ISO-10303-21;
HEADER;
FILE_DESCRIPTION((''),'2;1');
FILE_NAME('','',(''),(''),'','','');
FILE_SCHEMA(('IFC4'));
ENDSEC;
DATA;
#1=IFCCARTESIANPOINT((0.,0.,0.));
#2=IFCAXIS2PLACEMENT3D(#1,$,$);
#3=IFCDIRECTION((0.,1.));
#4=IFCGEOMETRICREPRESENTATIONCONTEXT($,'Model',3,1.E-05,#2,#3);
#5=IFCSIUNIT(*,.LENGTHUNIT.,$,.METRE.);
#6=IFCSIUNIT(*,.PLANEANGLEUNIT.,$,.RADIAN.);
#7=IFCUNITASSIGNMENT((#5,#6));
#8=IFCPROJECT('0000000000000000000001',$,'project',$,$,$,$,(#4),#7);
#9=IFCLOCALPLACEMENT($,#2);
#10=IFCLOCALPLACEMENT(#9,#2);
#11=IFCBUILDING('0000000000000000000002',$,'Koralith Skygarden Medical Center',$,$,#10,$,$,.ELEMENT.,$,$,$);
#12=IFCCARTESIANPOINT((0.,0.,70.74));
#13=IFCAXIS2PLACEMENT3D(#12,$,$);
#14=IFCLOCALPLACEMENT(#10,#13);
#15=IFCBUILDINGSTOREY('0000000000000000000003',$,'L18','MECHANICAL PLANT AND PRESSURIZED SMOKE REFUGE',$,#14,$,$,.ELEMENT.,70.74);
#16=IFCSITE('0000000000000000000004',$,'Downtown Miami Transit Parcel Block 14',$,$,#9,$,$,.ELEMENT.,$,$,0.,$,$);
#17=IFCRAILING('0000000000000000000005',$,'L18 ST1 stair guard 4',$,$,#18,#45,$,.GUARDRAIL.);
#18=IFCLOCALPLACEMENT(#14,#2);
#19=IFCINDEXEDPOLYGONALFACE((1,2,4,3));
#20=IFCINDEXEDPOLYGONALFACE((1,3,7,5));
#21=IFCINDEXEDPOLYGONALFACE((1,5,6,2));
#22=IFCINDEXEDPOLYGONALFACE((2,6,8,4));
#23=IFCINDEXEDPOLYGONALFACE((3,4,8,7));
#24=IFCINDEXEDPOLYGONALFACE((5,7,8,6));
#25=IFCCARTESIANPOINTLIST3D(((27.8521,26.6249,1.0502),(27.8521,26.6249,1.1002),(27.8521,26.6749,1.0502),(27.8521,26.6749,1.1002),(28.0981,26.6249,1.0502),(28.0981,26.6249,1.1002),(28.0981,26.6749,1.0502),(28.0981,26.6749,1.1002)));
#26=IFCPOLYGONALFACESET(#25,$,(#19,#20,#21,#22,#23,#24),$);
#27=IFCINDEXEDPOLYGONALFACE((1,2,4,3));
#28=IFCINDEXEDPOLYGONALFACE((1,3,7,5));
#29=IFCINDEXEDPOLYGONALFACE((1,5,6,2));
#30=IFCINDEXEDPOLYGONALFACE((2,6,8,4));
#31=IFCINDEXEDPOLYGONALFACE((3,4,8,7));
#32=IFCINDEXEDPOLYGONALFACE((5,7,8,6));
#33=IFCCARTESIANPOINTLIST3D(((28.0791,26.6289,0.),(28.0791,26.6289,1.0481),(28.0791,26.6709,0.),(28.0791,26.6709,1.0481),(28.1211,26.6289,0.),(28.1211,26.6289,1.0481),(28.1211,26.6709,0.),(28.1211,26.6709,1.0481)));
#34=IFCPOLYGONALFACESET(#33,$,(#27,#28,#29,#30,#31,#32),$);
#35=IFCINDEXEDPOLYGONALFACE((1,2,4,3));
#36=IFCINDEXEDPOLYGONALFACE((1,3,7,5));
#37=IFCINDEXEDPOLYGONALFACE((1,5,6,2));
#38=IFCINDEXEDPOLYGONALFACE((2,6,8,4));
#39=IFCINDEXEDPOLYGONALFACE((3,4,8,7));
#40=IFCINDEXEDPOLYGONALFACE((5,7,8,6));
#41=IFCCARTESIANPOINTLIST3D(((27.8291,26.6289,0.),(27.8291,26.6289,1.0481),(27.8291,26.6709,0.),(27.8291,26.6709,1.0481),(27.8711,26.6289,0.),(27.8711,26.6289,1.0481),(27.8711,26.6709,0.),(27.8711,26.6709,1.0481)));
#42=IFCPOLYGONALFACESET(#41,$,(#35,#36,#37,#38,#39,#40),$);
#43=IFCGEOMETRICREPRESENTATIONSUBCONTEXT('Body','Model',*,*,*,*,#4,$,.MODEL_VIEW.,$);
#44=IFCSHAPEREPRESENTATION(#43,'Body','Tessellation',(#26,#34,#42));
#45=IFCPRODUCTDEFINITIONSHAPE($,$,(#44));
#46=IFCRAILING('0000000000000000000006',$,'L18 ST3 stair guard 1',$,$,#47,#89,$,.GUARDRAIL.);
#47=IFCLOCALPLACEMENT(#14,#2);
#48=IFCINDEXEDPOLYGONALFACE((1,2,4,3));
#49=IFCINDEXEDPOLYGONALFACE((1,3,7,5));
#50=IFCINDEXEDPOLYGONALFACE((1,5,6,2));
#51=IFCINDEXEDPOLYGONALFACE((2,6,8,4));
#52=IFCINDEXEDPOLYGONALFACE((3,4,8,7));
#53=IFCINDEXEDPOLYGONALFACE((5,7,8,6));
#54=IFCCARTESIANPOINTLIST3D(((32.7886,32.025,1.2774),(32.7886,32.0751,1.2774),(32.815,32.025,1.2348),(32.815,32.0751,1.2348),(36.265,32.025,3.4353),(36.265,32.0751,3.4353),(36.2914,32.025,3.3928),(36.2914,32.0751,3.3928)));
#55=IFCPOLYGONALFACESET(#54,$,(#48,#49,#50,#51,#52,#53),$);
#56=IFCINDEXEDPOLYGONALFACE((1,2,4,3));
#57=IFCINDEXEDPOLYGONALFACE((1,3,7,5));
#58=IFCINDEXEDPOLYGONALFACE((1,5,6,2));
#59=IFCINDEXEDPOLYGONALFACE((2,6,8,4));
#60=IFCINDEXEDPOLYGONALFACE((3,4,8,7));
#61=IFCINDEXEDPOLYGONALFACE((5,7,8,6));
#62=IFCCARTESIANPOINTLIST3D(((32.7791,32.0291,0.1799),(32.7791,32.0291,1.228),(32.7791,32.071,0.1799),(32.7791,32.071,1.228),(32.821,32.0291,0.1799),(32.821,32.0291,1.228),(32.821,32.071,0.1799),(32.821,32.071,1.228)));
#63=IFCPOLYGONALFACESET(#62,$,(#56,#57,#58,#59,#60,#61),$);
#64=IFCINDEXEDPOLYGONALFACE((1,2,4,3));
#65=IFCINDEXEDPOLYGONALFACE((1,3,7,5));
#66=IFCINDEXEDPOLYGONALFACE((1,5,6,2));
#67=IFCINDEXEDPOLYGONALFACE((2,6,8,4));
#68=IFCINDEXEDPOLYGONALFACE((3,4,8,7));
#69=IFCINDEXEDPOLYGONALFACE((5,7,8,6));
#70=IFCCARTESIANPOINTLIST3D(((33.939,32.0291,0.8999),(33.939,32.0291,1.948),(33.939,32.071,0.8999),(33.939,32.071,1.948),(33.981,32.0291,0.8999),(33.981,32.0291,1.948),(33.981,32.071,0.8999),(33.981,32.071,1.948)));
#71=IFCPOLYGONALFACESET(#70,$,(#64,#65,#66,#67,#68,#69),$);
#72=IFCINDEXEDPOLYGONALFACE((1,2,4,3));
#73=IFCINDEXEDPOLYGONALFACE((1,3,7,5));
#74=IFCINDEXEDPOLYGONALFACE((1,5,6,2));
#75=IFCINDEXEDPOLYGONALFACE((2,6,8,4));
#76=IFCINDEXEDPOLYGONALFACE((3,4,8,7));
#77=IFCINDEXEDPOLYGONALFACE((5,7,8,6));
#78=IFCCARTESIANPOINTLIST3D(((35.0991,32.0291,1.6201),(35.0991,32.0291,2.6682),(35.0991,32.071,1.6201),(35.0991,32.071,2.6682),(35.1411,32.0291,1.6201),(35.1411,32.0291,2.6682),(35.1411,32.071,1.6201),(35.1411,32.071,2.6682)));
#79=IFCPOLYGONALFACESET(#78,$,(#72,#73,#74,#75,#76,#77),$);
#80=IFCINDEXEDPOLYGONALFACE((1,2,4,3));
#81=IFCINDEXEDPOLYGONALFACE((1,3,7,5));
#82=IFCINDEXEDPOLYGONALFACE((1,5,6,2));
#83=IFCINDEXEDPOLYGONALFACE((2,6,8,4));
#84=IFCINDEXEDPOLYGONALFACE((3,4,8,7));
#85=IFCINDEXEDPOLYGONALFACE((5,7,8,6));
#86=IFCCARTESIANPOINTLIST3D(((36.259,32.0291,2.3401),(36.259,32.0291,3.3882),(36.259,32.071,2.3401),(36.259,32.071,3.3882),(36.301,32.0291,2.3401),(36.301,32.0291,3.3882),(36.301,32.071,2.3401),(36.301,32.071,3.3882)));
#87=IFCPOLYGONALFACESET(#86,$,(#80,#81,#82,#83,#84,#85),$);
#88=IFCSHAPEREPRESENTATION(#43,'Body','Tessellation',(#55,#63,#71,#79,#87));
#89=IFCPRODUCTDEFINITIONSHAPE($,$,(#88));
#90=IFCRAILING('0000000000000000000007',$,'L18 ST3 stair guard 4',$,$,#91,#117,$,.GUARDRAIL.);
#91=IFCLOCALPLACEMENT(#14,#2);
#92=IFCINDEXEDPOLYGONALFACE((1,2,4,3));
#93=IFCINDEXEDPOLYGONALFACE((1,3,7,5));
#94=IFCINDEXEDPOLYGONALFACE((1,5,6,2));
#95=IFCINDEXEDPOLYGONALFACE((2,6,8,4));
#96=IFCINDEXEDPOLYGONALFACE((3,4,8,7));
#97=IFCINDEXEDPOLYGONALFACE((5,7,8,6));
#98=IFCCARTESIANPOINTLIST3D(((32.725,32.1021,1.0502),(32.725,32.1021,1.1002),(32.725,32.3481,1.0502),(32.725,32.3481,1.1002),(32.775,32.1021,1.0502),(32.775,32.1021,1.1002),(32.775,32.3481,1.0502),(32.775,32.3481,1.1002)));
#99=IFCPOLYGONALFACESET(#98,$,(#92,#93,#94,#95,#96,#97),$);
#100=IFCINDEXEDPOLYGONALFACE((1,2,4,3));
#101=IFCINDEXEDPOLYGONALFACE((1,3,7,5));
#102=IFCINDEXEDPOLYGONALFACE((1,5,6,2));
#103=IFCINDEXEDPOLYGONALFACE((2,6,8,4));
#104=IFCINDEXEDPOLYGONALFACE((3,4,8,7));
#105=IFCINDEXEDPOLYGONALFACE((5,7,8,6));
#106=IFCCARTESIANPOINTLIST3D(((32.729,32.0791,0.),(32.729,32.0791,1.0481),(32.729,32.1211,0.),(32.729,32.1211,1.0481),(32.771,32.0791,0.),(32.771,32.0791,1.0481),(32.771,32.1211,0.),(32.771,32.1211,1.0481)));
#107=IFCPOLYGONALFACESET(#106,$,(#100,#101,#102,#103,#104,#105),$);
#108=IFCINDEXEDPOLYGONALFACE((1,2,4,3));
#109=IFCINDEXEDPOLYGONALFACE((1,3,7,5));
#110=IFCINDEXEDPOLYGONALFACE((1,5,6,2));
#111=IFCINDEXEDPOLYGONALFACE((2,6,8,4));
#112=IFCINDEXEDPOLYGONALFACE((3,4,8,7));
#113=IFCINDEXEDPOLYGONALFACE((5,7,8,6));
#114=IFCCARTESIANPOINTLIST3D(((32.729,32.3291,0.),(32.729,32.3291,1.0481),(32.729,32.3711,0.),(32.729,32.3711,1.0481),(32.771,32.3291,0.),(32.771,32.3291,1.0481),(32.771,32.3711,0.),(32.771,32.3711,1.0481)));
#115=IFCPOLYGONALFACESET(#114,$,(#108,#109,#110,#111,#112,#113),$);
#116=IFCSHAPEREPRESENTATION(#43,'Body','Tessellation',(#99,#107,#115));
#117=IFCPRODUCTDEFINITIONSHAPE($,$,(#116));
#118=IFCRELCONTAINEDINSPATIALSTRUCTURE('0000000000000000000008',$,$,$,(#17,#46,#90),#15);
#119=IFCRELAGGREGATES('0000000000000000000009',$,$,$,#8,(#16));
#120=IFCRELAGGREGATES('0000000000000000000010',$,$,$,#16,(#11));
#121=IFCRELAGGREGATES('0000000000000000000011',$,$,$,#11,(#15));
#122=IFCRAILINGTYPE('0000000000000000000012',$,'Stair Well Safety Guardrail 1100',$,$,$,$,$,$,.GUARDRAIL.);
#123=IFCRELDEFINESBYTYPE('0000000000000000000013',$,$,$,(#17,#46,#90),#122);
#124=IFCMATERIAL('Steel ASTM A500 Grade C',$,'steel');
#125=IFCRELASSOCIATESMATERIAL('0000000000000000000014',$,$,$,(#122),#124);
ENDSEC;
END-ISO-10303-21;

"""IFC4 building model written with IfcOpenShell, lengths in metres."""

from ifc_helpers import new_model, si_unit, direction, frame, origin, origin_2d, place, context, subcontext, project, spatial, rectangle, extrude, material, type_object, element, save


model = new_model("IFC4")

# Units and contexts
model_context = context("Model", 3, precision=1e-05, world=origin(), true_north=direction((0.0, 1.0)))
body_context = subcontext(model_context, "Body", "Model", "MODEL_VIEW")
ifc_project = project(units=[si_unit("LENGTHUNIT", "METRE"), si_unit("PLANEANGLEUNIT", "RADIAN")], contexts=[model_context])

# Site, building, storey
site_placement = place(None, origin())
site = spatial("IfcSite", under=ifc_project, at=site_placement, Name="Downtown Miami Transit Parcel Block 14", CompositionType="ELEMENT", RefElevation=0.0)
building_placement = place(site_placement, origin())
building = spatial("IfcBuilding", under=site, at=building_placement, Name="Koralith Skygarden Medical Center", CompositionType="ELEMENT")
storey_placement = place(building_placement, frame((0.0, 0.0, 70.74)))
storey = spatial("IfcBuildingStorey", under=building, at=storey_placement, Name="L18", Description="MECHANICAL PLANT AND PRESSURIZED SMOKE REFUGE", CompositionType="ELEMENT", Elevation=70.74)

# Shared definitions
ifc_material_1 = material(Name="Steel ASTM A500 Grade C", Category="steel")

# Railings
railing_type_1 = type_object("IfcRailingType", Name="Stair Well Safety Guardrail 1100", PredefinedType="GUARDRAIL", material=ifc_material_1)
railing_1_placement = place(storey_placement, frame((28.1001, 26.6499, 0.0)))
element("IfcRailing", 1, at=railing_1_placement, inside=storey, type_object=railing_type_1, Name="L18 ST1 stair guard 4", PredefinedType="GUARDRAIL", context=body_context, shape_type="SweptSolid", body=[
    extrude(rectangle(XDim=0.05, YDim=0.05, at=origin_2d()), frame((-0.002, 0.0, 1.0752), z_axis=(-1.0, 0.0, 0.0), x_axis=(0.0, -1.0, 0.0)), (0.0, 0.0, 1.0), 0.2461),
    extrude(rectangle(XDim=0.042, YDim=0.042, at=origin_2d()), origin(), (0.0, 0.0, 1.0), 1.0481),
    extrude(rectangle(XDim=0.042, YDim=0.042, at=origin_2d()), frame((-0.25, 0.0, 0.0)), (0.0, 0.0, 1.0), 1.0481),
])
railing_2_placement = place(storey_placement, frame((32.8, 32.05, 0.1799)))
element("IfcRailing", 2, at=railing_2_placement, inside=storey, type_object=railing_type_1, Name="L18 ST3 stair guard 1", PredefinedType="GUARDRAIL", context=body_context, shape_type="SweptSolid", body=[
    extrude(rectangle(XDim=0.05, YDim=0.05, at=origin_2d()), frame((0.0017, 0.0, 1.0762), z_axis=(0.849622, 0.0, 0.527393), x_axis=(0.0, 1.0, 0.0)), (0.0, 0.0, 1.0), 4.0918),
    extrude(rectangle(XDim=0.042, YDim=0.042, at=origin_2d()), origin(), (0.0, 0.0, 1.0), 1.0481),
    extrude(rectangle(XDim=0.042, YDim=0.042, at=origin_2d()), frame((1.1599, 0.0, 0.72)), (0.0, 0.0, 1.0), 1.0481),
    extrude(rectangle(XDim=0.042, YDim=0.042, at=origin_2d()), frame((2.3201, 0.0, 1.4402)), (0.0, 0.0, 1.0), 1.0481),
    extrude(rectangle(XDim=0.042, YDim=0.042, at=origin_2d()), frame((3.48, 0.0, 2.1602)), (0.0, 0.0, 1.0), 1.0481),
])
railing_3_placement = place(storey_placement, frame((32.75, 32.1001, 0.0)))
element("IfcRailing", 3, at=railing_3_placement, inside=storey, type_object=railing_type_1, Name="L18 ST3 stair guard 4", PredefinedType="GUARDRAIL", context=body_context, shape_type="SweptSolid", body=[
    extrude(rectangle(XDim=0.05, YDim=0.05, at=origin_2d()), frame((0.0, 0.002, 1.0752), z_axis=(0.0, 1.0, 0.0), x_axis=(-1.0, 0.0, 0.0)), (0.0, 0.0, 1.0), 0.2461),
    extrude(rectangle(XDim=0.042, YDim=0.042, at=origin_2d()), origin(), (0.0, 0.0, 1.0), 1.0481),
    extrude(rectangle(XDim=0.042, YDim=0.042, at=origin_2d()), frame((0.0, 0.25, 0.0)), (0.0, 0.0, 1.0), 1.0481),
])

save(model, "model.ifc")
